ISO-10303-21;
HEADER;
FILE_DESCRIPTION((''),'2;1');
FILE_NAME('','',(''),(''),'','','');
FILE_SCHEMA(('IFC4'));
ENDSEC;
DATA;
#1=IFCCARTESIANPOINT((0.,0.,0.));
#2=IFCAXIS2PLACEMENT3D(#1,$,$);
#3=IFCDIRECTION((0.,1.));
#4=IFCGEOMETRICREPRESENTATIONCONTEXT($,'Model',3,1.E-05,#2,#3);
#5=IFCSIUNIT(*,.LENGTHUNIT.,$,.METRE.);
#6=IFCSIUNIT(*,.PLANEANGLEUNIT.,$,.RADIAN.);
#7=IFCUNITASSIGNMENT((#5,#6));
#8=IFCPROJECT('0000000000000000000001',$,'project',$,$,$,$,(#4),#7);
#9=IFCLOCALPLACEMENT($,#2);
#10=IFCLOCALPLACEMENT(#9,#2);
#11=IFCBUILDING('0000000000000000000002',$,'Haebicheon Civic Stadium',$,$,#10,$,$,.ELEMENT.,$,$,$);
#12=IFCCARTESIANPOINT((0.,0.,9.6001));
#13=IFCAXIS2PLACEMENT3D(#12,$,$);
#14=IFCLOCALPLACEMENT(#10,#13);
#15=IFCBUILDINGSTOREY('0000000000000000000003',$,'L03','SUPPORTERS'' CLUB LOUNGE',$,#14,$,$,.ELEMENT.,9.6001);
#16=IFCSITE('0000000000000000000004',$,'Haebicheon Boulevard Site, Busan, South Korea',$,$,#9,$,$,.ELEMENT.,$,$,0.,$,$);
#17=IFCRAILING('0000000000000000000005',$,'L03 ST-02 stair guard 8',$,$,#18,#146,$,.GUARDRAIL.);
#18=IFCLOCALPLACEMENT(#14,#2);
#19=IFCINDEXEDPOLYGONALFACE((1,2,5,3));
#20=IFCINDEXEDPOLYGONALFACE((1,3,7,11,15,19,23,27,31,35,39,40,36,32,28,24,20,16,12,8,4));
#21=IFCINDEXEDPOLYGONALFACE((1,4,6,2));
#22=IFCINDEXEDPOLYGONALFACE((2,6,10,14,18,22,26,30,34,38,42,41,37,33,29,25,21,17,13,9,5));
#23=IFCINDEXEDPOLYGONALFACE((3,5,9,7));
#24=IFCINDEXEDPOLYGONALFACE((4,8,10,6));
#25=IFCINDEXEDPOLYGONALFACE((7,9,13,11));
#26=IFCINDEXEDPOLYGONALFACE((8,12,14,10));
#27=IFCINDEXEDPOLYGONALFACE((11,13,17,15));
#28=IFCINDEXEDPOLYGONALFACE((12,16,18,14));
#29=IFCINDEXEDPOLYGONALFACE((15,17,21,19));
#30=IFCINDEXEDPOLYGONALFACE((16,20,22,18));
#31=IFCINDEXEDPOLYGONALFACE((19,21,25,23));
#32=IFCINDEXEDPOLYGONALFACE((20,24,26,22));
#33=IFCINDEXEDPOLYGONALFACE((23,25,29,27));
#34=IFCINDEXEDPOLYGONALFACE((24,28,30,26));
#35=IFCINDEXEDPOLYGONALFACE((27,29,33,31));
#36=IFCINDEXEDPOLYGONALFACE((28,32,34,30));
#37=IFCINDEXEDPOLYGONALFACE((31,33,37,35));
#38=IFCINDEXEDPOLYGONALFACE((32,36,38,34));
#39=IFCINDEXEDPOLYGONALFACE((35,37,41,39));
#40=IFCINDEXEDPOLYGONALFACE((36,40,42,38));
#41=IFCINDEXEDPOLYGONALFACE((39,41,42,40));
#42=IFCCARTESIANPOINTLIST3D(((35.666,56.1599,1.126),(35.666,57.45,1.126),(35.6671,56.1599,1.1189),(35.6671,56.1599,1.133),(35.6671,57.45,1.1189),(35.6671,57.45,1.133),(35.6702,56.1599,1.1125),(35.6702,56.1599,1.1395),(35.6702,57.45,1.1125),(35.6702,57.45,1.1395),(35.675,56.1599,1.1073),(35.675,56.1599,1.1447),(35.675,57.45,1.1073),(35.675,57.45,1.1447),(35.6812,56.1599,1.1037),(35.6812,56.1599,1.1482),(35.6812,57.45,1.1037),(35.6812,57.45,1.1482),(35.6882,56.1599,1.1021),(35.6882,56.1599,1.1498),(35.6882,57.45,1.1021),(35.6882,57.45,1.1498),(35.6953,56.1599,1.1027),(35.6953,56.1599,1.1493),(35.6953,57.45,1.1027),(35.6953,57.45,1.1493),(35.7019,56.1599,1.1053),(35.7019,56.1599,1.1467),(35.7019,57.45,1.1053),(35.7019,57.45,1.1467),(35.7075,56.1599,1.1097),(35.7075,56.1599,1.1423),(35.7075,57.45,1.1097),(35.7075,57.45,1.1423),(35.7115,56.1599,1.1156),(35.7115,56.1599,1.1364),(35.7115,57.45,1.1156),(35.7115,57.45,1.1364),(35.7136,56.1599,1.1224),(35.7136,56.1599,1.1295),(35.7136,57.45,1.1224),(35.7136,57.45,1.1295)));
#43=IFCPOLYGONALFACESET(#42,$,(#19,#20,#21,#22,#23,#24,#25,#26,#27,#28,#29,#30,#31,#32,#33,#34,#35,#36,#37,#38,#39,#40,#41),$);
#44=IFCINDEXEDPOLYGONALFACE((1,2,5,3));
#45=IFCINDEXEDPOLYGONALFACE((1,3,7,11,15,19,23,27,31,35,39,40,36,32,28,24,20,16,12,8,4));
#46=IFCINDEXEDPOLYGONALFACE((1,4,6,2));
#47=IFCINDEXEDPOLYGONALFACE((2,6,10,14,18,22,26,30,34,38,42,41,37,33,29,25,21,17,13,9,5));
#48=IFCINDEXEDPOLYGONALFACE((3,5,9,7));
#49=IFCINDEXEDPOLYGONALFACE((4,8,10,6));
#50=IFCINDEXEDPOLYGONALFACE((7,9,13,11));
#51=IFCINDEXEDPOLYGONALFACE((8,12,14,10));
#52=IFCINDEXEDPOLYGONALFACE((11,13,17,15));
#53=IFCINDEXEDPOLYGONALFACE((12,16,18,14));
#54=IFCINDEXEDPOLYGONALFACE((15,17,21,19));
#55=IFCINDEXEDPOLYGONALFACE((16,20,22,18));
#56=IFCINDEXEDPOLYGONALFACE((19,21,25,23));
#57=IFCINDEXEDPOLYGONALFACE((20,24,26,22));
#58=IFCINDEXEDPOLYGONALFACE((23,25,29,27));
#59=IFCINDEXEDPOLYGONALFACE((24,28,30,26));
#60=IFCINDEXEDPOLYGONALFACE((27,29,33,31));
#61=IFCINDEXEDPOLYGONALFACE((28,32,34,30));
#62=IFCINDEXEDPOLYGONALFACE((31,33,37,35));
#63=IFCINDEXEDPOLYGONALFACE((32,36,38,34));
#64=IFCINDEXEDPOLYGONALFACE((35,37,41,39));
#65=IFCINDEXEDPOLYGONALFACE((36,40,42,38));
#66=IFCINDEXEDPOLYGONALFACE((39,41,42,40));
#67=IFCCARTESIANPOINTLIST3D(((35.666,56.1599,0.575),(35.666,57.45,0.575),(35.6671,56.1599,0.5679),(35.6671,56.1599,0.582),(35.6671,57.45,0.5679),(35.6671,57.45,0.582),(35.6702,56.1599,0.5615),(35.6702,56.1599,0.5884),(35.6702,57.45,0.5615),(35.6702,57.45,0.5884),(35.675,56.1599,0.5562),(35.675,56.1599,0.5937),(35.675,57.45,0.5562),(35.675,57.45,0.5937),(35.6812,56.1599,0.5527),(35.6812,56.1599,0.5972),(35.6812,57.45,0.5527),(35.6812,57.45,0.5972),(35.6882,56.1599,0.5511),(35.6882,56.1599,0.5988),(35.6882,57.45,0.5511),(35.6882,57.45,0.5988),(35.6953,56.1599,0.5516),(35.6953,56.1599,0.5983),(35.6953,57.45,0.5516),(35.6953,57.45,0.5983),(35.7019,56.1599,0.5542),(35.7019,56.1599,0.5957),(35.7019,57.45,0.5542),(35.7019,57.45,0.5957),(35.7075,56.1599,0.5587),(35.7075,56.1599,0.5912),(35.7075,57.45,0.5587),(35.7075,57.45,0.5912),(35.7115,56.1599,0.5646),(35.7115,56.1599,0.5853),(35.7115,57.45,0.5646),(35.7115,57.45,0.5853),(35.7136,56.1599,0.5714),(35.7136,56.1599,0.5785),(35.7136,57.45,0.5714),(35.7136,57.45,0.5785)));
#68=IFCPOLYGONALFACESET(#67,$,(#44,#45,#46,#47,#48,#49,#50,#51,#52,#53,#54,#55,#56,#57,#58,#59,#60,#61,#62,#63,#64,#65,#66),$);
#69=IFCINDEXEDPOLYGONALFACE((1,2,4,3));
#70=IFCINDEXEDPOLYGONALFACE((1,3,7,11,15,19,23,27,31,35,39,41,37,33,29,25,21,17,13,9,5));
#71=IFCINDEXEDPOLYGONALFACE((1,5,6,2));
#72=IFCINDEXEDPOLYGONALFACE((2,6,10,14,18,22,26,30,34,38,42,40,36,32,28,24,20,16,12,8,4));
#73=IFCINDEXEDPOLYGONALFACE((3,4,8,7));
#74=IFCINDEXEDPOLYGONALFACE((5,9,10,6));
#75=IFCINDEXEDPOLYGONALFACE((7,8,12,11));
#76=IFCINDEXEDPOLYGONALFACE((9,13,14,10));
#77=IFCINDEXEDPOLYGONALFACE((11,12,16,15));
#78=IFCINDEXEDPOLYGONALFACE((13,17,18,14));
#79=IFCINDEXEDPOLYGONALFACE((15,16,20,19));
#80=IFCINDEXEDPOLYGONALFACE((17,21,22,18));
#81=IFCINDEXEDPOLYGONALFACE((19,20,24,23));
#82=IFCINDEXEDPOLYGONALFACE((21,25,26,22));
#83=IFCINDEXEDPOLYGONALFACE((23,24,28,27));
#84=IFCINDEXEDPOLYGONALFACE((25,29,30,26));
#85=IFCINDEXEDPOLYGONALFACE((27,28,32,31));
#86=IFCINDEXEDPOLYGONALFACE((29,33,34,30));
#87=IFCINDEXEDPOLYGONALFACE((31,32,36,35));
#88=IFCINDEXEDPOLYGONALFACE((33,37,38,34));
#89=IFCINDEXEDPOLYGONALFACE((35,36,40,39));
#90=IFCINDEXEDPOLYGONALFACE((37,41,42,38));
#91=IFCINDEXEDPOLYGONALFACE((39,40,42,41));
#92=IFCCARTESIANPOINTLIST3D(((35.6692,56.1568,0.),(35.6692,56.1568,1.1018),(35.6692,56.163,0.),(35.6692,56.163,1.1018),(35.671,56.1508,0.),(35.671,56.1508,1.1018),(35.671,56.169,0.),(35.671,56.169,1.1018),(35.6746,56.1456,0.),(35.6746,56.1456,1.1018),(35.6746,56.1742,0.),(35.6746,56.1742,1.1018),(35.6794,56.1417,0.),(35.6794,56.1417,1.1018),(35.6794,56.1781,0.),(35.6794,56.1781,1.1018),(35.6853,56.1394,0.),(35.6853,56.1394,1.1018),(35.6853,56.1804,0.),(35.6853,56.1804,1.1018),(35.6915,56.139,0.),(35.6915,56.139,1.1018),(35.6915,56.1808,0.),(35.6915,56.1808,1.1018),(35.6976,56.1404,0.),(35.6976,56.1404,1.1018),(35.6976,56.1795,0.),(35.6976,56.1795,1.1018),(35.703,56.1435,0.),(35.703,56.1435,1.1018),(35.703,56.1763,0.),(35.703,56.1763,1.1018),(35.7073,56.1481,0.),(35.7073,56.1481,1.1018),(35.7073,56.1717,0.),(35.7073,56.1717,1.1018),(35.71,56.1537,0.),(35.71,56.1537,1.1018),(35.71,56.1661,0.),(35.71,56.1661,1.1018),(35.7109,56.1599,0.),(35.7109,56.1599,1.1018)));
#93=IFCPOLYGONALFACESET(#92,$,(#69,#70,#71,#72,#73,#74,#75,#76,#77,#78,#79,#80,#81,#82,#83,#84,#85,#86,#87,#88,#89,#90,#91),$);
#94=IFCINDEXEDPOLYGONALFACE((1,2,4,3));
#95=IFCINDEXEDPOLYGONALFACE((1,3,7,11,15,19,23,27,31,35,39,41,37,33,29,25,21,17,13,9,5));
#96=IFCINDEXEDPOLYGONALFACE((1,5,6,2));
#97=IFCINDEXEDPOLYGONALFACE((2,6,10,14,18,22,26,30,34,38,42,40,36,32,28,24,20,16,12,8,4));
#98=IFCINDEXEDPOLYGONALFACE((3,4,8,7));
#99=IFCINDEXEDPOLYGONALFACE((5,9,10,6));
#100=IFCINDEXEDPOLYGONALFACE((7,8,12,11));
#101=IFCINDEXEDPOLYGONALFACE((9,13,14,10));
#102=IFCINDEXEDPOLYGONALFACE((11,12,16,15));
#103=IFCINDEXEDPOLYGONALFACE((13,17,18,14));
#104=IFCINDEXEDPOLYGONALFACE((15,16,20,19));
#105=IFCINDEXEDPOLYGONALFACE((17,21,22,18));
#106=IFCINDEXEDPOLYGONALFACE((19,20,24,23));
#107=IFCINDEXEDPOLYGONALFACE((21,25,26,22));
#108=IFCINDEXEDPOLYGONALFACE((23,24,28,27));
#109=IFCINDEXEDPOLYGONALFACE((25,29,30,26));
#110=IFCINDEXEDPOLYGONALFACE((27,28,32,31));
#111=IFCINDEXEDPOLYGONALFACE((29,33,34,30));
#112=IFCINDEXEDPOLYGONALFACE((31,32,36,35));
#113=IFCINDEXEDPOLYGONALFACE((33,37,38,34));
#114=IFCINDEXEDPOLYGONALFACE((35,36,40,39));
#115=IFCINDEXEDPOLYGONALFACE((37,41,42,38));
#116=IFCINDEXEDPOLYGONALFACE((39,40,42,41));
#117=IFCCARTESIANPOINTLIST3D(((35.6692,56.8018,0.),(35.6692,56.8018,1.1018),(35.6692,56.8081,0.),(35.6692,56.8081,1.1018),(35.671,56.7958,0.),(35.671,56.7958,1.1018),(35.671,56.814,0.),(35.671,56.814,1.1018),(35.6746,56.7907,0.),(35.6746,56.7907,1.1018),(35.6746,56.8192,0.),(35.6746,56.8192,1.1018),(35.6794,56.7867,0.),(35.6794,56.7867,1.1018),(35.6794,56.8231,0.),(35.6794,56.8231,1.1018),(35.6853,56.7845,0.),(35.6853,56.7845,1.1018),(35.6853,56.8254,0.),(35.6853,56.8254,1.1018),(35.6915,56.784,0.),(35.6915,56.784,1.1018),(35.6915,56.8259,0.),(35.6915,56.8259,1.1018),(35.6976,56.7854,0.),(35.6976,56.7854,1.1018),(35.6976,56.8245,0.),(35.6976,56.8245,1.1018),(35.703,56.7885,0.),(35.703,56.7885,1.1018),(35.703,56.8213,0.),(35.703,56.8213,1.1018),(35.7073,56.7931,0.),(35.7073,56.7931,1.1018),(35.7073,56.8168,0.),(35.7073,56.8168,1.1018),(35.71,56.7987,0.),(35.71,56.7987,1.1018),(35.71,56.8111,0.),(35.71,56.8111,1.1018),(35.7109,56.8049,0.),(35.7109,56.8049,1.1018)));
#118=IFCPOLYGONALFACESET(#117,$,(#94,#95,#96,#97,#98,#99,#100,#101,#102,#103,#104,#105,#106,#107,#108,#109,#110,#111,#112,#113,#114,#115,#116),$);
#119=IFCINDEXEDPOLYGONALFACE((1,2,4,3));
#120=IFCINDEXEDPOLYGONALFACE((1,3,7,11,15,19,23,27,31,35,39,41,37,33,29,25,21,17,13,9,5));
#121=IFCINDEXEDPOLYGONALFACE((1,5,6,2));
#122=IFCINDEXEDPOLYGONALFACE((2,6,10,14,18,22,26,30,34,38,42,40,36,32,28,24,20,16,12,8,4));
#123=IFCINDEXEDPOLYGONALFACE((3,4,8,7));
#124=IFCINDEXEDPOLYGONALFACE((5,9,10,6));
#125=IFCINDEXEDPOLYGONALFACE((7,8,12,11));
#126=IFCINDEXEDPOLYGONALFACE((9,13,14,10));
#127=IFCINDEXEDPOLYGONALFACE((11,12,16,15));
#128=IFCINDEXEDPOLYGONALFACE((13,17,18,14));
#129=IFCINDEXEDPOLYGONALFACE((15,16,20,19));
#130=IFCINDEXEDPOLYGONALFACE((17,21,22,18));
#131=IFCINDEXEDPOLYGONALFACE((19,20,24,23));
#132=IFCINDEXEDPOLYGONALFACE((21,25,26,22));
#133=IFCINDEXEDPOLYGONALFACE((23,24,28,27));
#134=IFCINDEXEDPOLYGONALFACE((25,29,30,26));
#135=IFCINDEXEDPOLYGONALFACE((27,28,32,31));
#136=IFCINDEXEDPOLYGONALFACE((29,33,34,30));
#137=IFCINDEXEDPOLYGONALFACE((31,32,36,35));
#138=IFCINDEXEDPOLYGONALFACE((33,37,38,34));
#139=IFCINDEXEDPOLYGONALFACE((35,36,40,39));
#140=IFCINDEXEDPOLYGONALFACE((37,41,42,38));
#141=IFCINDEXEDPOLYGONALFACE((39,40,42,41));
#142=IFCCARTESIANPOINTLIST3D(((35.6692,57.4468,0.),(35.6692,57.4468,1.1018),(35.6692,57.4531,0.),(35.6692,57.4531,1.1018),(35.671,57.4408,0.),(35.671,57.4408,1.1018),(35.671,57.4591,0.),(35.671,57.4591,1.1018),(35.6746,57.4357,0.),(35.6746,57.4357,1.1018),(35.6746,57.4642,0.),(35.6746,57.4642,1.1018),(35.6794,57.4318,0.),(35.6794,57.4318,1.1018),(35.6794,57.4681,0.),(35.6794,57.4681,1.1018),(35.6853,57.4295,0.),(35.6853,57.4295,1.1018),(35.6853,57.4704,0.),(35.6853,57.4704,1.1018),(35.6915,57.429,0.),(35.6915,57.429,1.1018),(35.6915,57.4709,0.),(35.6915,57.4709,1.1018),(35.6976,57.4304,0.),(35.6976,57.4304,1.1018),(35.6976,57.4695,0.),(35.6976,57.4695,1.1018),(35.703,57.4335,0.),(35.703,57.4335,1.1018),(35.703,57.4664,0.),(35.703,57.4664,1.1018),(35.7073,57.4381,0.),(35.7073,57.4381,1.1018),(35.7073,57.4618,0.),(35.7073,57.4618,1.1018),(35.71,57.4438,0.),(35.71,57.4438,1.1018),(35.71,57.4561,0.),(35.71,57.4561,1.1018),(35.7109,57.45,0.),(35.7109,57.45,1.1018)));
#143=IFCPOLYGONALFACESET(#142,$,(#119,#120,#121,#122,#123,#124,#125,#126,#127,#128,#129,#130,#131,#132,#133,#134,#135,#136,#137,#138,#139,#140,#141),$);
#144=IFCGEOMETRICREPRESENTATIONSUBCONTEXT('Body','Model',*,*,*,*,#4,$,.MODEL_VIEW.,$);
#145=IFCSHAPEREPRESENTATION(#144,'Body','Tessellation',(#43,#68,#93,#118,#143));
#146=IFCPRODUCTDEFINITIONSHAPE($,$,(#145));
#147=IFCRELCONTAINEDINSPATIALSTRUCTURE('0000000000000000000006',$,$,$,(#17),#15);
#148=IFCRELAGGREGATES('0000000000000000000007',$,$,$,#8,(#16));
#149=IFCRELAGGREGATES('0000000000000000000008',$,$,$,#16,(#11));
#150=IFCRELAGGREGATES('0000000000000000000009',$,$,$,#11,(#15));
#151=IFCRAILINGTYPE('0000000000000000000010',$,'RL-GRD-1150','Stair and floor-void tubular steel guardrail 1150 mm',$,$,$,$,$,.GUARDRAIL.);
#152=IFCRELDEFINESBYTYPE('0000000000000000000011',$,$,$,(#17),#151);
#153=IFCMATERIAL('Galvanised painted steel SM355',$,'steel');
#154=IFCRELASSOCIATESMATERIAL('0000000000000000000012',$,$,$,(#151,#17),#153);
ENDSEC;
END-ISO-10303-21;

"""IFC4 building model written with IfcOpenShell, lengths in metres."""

from ifc_helpers import new_model, si_unit, direction, frame, origin, origin_2d, place, context, subcontext, project, spatial, circle, extrude, material, type_object, element, save


model = new_model("IFC4")

# Units and contexts
model_context = context("Model", 3, precision=1e-05, world=origin(), true_north=direction((0.0, 1.0)))
body_context = subcontext(model_context, "Body", "Model", "MODEL_VIEW")
ifc_project = project(units=[si_unit("LENGTHUNIT", "METRE"), si_unit("PLANEANGLEUNIT", "RADIAN")], contexts=[model_context])

# Site, building, storey
site_placement = place(None, origin())
site = spatial("IfcSite", under=ifc_project, at=site_placement, Name="Haebicheon Boulevard Site, Busan, South Korea", CompositionType="ELEMENT", RefElevation=0.0)
building_placement = place(site_placement, origin())
building = spatial("IfcBuilding", under=site, at=building_placement, Name="Haebicheon Civic Stadium", CompositionType="ELEMENT")
storey_placement = place(building_placement, frame((0.0, 0.0, 9.6001)))
storey = spatial("IfcBuildingStorey", under=building, at=storey_placement, Name="L03", Description="SUPPORTERS' CLUB LOUNGE", CompositionType="ELEMENT", Elevation=9.6001)

# Railing
ifc_material_1 = material(Name="Galvanised painted steel SM355", Category="steel")
railing_type_1 = type_object("IfcRailingType", Name="RL-GRD-1150", Description="Stair and floor-void tubular steel guardrail 1150 mm", PredefinedType="GUARDRAIL", material=ifc_material_1)
for number, where, name in (
    (1, (35.6899, 56.1599, 0.0), "L03 ST-02 stair guard 8"),
):
    element("IfcRailing", number, at=place(storey_placement, frame(where)), inside=storey, type_object=railing_type_1, material=ifc_material_1, Name=name, PredefinedType="GUARDRAIL", context=body_context, shape_type="SweptSolid", body=[
        extrude(circle(Radius=0.0239, at=origin_2d()), frame((0.0, 0.0, 1.126), z_axis=(0.0, 1.0, 0.0), x_axis=(-1.0, 0.0, 0.0)), (0.0, 0.0, 1.0), 1.29),
        extrude(circle(Radius=0.0239, at=origin_2d()), frame((0.0, 0.0, 0.575), z_axis=(0.0, 1.0, 0.0), x_axis=(-1.0, 0.0, 0.0)), (0.0, 0.0, 1.0), 1.29),
        extrude(circle(Radius=0.021, at=origin_2d()), origin(), (0.0, 0.0, 1.0), 1.1018),
        extrude(circle(Radius=0.021, at=origin_2d()), frame((0.0, 0.645, 0.0)), (0.0, 0.0, 1.0), 1.1018),
        extrude(circle(Radius=0.021, at=origin_2d()), frame((0.0, 1.29, 0.0)), (0.0, 0.0, 1.0), 1.1018),
    ])

save(model, "model.ifc")
